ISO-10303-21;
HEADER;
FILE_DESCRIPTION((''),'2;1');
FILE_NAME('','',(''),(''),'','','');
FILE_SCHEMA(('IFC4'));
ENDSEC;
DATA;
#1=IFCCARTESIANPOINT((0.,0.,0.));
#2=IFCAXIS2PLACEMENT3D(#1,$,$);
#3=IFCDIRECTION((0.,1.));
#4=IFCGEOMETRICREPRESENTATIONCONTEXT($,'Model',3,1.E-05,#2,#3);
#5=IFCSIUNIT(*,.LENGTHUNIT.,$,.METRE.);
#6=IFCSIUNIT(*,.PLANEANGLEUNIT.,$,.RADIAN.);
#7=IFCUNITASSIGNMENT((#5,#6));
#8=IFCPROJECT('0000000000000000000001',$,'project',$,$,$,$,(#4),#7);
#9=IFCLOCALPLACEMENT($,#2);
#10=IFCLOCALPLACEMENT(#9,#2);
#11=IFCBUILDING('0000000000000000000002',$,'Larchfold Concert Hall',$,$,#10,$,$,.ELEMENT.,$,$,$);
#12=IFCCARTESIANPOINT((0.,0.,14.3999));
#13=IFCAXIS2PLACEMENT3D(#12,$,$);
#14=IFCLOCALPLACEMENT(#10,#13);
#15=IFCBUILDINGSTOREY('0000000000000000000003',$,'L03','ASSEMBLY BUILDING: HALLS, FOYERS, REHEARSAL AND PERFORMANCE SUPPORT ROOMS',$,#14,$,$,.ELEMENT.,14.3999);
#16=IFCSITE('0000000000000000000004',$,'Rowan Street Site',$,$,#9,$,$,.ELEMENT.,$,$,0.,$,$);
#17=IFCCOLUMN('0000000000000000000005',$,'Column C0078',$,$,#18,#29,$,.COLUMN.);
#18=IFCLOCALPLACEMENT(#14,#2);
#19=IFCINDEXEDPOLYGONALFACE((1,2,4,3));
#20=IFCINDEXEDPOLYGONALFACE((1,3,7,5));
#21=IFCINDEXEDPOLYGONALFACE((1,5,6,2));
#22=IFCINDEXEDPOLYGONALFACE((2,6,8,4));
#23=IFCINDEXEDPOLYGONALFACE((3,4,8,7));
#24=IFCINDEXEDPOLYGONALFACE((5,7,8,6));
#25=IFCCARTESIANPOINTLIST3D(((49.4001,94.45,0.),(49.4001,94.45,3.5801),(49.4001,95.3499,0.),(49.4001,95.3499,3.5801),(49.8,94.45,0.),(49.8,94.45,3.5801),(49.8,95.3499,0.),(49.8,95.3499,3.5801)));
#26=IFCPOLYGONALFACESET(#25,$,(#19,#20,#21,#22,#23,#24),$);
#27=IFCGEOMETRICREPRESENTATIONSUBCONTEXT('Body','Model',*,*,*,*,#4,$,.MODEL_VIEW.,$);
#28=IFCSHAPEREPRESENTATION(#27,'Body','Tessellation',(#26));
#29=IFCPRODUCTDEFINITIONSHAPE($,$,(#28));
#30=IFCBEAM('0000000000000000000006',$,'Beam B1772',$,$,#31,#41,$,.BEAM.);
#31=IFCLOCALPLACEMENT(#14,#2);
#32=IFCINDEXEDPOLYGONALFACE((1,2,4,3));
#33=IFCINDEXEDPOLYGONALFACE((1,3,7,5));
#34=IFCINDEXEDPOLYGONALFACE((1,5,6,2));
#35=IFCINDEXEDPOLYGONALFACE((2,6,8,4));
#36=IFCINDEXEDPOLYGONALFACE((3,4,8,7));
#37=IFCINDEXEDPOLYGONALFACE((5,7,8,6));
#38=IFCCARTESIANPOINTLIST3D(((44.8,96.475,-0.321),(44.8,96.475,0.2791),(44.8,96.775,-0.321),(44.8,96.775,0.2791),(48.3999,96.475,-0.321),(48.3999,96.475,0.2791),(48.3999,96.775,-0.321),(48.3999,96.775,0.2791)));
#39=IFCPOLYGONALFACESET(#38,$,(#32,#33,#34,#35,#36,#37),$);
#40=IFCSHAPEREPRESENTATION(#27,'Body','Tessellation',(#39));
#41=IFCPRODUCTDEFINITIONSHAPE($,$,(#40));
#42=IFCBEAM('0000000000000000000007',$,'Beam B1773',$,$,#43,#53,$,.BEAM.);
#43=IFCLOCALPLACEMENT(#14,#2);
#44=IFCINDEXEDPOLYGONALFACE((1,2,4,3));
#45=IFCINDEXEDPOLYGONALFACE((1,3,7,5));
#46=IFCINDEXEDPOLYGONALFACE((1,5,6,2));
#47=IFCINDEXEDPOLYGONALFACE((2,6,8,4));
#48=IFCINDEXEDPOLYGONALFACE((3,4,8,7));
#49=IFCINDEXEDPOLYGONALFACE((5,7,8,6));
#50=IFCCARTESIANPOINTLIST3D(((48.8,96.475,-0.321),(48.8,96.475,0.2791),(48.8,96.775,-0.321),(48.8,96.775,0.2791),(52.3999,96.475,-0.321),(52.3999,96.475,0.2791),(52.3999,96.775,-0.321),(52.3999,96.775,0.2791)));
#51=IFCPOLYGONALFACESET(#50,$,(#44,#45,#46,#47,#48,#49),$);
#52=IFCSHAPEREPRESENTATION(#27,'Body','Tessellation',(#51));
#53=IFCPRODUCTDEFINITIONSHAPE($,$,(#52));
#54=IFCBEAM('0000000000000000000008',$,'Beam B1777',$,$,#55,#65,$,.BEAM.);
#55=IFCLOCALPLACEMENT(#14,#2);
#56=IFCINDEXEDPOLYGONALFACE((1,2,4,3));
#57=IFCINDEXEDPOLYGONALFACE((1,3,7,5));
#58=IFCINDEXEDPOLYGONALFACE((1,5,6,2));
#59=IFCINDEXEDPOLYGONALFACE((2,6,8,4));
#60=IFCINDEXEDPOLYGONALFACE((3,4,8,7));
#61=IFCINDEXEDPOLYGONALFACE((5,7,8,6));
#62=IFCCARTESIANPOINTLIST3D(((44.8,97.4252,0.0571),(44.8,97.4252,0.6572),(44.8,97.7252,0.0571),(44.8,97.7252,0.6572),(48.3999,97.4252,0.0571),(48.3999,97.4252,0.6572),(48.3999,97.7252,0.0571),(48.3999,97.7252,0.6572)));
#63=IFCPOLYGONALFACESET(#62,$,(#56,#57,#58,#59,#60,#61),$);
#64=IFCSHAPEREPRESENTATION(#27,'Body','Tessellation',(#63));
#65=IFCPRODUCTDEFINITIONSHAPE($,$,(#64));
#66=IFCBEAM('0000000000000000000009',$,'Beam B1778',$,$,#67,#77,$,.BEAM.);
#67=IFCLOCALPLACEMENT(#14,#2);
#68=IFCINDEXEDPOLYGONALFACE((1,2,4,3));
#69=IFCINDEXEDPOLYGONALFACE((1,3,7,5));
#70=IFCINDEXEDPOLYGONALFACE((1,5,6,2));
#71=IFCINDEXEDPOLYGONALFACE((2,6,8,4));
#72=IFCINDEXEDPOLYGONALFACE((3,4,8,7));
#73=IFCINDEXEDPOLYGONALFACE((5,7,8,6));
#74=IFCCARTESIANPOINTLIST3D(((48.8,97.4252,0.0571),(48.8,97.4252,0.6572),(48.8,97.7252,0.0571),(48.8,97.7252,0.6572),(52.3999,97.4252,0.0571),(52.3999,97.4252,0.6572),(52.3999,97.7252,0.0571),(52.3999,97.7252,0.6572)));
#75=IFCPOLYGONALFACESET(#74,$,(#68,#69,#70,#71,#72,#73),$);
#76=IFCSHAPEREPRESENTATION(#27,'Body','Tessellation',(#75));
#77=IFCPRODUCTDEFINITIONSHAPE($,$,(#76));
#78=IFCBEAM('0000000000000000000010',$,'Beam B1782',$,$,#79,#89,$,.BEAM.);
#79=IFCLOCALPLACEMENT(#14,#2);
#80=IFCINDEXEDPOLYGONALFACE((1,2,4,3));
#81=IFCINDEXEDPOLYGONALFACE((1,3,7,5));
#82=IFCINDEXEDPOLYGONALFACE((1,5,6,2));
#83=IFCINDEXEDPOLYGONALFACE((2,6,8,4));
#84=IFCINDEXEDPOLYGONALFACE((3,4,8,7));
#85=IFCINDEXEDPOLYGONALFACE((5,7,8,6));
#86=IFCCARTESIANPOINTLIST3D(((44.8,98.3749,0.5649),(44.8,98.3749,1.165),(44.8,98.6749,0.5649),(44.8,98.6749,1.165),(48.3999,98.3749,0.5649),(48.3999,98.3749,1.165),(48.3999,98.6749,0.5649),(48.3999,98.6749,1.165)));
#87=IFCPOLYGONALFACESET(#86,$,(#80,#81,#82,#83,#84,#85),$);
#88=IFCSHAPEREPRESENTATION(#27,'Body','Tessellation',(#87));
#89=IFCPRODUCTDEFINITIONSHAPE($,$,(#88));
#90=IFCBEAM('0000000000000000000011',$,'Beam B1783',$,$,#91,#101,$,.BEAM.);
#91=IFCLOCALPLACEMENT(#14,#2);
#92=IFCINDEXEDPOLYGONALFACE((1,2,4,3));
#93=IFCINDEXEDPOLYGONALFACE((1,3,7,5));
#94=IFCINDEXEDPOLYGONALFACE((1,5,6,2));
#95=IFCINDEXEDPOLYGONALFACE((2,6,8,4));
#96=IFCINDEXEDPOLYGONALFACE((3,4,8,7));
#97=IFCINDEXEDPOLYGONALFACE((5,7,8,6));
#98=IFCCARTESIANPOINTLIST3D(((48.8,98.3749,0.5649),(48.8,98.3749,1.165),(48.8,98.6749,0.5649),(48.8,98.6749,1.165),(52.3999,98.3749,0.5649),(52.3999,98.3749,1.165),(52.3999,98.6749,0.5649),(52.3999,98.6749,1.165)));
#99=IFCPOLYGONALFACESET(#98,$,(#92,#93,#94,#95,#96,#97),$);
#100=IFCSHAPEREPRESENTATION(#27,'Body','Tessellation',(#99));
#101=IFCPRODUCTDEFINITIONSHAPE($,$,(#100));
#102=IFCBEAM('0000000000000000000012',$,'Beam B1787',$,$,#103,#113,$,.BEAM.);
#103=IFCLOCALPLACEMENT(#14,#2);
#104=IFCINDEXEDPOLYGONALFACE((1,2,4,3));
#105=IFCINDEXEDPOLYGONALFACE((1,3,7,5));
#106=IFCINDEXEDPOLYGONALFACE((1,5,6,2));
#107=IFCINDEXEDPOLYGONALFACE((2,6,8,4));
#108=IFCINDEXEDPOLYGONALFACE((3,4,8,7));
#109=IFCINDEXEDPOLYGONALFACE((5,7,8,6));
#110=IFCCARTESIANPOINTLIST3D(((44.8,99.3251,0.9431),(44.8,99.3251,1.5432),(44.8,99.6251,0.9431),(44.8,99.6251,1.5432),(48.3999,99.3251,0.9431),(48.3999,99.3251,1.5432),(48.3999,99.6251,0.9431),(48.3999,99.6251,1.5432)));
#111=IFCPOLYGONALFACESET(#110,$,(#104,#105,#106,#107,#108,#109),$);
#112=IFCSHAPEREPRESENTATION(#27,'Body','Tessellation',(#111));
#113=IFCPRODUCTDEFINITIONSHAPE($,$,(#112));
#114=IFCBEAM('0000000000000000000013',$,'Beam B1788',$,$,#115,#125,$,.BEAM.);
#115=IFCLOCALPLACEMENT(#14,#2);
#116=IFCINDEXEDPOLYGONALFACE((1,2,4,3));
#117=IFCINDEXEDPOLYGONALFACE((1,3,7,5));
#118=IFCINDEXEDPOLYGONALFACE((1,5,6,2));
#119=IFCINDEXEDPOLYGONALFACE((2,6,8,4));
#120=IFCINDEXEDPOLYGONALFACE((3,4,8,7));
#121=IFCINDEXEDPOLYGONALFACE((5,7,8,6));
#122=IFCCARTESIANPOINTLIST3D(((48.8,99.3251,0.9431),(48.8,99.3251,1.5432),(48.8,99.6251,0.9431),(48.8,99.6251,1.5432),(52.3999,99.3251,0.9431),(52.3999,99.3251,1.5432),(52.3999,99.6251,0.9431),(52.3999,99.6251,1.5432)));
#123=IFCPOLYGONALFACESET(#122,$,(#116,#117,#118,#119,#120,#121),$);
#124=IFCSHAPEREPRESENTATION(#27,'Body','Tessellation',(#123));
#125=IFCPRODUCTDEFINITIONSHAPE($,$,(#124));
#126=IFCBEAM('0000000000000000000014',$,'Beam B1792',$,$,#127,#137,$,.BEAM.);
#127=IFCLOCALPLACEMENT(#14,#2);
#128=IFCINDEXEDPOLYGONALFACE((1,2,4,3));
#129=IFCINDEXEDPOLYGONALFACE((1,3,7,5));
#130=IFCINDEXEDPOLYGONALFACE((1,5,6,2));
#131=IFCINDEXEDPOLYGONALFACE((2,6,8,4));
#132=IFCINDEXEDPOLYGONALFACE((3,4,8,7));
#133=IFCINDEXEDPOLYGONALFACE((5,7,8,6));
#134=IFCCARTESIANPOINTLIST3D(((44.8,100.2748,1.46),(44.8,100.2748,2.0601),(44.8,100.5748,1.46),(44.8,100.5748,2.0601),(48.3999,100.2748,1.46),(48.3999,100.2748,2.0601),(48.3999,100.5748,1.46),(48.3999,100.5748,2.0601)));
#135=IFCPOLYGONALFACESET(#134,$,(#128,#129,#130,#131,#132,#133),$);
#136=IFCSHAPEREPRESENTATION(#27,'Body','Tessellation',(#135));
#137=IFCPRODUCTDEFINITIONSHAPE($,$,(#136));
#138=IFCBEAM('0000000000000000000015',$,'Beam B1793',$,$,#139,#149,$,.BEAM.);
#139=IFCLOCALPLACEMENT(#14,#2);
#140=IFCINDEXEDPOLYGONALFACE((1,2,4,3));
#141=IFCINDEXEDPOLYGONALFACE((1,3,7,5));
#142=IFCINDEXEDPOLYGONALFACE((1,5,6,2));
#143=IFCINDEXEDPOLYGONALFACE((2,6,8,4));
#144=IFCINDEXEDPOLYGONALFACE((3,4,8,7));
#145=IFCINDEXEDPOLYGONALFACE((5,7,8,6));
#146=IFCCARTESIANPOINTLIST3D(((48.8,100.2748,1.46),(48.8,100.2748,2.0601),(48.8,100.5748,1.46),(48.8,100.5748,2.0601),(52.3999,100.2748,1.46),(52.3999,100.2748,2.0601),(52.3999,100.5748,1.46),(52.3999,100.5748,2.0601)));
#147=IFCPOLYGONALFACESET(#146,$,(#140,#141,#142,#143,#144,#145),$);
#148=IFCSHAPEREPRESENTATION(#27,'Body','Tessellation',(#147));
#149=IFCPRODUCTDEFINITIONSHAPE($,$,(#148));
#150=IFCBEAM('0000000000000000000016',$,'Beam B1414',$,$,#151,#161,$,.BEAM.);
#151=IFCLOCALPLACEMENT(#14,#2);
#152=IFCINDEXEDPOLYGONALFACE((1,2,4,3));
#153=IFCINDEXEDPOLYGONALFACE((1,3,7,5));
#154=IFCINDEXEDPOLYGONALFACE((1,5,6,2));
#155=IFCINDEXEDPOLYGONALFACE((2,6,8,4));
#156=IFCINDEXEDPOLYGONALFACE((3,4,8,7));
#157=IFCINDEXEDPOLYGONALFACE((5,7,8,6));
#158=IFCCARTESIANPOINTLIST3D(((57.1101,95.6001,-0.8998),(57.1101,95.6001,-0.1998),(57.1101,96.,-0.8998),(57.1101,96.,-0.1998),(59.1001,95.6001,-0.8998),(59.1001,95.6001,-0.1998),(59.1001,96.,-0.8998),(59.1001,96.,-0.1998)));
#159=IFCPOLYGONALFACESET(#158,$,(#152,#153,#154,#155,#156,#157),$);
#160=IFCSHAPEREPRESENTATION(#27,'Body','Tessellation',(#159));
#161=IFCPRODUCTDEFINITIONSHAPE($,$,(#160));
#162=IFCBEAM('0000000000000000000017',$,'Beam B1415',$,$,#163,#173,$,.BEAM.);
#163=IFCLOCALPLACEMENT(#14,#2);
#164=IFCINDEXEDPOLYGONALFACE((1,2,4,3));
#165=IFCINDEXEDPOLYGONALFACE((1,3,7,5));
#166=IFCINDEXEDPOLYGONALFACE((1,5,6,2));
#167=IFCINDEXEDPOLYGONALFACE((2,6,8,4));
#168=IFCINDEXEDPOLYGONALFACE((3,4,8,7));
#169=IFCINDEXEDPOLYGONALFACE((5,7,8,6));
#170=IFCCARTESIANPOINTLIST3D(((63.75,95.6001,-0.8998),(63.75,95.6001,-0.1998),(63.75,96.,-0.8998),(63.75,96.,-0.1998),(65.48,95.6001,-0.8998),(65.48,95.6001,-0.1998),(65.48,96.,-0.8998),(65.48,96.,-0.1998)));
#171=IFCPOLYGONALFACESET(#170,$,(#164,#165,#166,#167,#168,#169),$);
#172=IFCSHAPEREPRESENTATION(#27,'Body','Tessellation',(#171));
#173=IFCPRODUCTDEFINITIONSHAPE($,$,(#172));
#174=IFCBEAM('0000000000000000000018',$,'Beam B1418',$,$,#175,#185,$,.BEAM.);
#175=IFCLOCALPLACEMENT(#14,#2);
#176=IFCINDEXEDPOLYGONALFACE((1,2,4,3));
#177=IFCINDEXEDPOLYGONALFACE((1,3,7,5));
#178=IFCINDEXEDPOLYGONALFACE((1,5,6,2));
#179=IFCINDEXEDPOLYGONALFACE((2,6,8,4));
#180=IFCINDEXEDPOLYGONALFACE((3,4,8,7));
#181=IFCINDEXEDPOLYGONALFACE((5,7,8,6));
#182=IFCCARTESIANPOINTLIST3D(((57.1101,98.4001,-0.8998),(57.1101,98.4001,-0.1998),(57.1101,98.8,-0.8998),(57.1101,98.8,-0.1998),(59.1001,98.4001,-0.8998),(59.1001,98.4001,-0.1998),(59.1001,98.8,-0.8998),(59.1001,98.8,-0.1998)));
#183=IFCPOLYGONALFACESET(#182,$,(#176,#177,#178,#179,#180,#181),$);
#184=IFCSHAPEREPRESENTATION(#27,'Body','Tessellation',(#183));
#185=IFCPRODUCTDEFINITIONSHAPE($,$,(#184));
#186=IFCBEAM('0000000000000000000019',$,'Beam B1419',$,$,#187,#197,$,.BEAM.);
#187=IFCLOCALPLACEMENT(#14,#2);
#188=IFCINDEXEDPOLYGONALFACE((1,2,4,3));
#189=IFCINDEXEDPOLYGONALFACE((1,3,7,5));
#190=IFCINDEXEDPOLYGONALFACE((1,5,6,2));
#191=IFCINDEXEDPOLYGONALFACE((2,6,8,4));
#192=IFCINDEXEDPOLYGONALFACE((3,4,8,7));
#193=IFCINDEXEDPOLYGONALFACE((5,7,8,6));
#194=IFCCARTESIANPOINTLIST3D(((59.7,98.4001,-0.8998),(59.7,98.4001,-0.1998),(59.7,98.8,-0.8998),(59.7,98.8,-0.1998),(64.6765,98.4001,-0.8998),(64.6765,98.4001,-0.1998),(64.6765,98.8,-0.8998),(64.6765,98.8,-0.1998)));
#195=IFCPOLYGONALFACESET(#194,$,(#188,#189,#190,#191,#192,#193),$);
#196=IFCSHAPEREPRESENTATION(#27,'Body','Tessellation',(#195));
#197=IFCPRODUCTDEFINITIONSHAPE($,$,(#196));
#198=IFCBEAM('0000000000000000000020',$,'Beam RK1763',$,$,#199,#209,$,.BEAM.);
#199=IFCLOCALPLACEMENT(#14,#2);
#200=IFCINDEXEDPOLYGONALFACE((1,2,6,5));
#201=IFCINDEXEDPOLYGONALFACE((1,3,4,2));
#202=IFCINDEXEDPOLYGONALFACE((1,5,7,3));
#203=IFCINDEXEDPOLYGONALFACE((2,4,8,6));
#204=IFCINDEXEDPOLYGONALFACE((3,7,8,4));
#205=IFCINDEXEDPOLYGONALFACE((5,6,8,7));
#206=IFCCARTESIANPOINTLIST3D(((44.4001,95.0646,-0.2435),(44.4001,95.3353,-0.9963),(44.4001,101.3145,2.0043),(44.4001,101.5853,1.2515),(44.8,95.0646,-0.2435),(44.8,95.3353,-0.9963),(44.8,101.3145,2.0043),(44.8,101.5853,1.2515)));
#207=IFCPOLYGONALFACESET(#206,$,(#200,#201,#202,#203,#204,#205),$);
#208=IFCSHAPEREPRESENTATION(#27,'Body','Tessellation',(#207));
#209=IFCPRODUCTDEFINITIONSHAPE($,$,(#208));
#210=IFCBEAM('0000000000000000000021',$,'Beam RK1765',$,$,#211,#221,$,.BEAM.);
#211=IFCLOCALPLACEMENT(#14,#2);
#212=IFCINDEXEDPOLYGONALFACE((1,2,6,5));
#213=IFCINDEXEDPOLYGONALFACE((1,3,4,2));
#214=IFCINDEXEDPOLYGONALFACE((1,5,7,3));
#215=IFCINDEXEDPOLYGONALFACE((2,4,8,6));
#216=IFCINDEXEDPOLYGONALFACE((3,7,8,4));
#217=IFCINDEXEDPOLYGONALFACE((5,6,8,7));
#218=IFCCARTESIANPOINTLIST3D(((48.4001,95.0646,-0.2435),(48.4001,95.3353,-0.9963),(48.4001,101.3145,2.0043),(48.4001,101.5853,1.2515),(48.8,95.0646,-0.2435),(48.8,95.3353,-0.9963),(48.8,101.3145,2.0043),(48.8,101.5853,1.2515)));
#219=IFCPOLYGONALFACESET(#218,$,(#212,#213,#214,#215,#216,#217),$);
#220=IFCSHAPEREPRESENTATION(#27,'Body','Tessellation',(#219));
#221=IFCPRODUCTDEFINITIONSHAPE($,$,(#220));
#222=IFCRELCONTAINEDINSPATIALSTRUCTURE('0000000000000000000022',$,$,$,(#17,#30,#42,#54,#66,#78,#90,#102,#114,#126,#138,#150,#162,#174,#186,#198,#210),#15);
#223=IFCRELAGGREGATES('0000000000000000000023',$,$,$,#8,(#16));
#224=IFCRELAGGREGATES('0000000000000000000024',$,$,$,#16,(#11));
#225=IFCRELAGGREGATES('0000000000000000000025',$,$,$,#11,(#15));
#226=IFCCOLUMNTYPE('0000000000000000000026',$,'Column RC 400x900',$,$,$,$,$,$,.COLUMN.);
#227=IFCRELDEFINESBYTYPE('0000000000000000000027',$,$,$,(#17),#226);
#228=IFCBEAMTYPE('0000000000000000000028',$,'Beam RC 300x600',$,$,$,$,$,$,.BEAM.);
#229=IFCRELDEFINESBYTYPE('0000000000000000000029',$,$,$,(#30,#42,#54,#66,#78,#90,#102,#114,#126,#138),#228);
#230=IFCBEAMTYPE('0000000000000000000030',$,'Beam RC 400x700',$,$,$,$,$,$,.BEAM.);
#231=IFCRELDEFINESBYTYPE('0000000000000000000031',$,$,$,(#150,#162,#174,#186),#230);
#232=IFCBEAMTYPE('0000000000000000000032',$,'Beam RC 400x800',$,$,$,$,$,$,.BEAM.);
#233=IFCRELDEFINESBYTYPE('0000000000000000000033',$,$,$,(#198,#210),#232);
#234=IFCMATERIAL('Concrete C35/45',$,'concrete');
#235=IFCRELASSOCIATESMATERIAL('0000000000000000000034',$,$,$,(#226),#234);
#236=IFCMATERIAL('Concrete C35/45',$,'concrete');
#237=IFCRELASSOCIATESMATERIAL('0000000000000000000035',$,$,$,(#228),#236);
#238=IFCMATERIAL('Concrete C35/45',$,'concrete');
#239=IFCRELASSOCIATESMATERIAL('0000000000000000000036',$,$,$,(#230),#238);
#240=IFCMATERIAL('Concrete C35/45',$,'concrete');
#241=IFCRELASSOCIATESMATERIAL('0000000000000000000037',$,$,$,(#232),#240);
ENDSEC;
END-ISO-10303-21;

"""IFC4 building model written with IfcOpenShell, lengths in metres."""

from ifc_helpers import new_model, si_unit, direction, frame, origin, origin_2d, place, context, subcontext, project, spatial, rectangle, extrude, material, material_profile, profile_set, type_object, element, save


model = new_model("IFC4")

# Units and contexts
model_context = context("Model", 3, precision=1e-05, world=origin(), true_north=direction((0.0, 1.0)))
body_context = subcontext(model_context, "Body", "Model", "MODEL_VIEW")
ifc_project = project(units=[si_unit("LENGTHUNIT", "METRE"), si_unit("PLANEANGLEUNIT", "RADIAN")], contexts=[model_context])

# Site, building, storey
site_placement = place(None, origin())
site = spatial("IfcSite", under=ifc_project, at=site_placement, Name="Rowan Street Site", CompositionType="ELEMENT", RefElevation=0.0)
building_placement = place(site_placement, origin())
building = spatial("IfcBuilding", under=site, at=building_placement, Name="Larchfold Concert Hall", CompositionType="ELEMENT")
storey_placement = place(building_placement, frame((0.0, 0.0, 14.3999)))
storey = spatial("IfcBuildingStorey", under=building, at=storey_placement, Name="L03", Description="ASSEMBLY BUILDING: HALLS, FOYERS, REHEARSAL AND PERFORMANCE SUPPORT ROOMS", CompositionType="ELEMENT", Elevation=14.3999)

# Column
ifc_material_1 = material(Name="Concrete C35/45", Category="concrete")
ifc_material_profile_1 = material_profile(ifc_material_1, rectangle(XDim=0.3999, YDim=0.8999, at=origin_2d()))
ifc_profile_set_1 = profile_set([ifc_material_profile_1], Name="Concrete C35/45")
column_type = type_object("IfcColumnType", Name="Column RC 400x900", PredefinedType="COLUMN", material=ifc_profile_set_1)
column_placement = place(storey_placement, frame((49.6001, 94.8999, 0.0), z_axis=(0.0, 0.0, 1.0), x_axis=(1.0, 0.0, 0.0)))
element("IfcColumn", 1, at=column_placement, inside=storey, type_object=column_type, Name="Column C0078", PredefinedType="COLUMN", context=body_context, shape_type="SweptSolid", body=[
    extrude(rectangle(XDim=0.3999, YDim=0.8999, at=origin_2d()), origin(), (0.0, 0.0, 1.0), 3.5801),
])

# Beams
ifc_material_2 = material(Name="Concrete C35/45", Category="concrete")
ifc_material_profile_2 = material_profile(ifc_material_2, rectangle(XDim=0.3, YDim=0.6001, at=origin_2d()))
ifc_profile_set_2 = profile_set([ifc_material_profile_2], Name="Concrete C35/45")
beam_type_1 = type_object("IfcBeamType", Name="Beam RC 300x600", PredefinedType="BEAM", material=ifc_profile_set_2)
for number, where, z_axis, x_axis, name in (
    (2, (44.8, 96.625, -0.021), (1.0, 0.0, 0.0), (0.0, 1.0, 0.0), "Beam B1772"),
    (3, (48.8, 96.625, -0.021), (1.0, 0.0, 0.0), (0.0, 1.0, 0.0), "Beam B1773"),
    (4, (44.8, 97.5752, 0.3572), (1.0, 0.0, 0.0), (0.0, 1.0, 0.0), "Beam B1777"),
    (5, (48.8, 97.5752, 0.3572), (1.0, 0.0, 0.0), (0.0, 1.0, 0.0), "Beam B1778"),
    (6, (44.8, 98.5249, 0.865), (1.0, 0.0, 0.0), (0.0, 1.0, 0.0), "Beam B1782"),
    (7, (48.8, 98.5249, 0.865), (1.0, 0.0, 0.0), (0.0, 1.0, 0.0), "Beam B1783"),
    (8, (44.8, 99.4751, 1.2432), (1.0, 0.0, 0.0), (0.0, 1.0, 0.0), "Beam B1787"),
    (9, (48.8, 99.4751, 1.2432), (1.0, 0.0, 0.0), (0.0, 1.0, 0.0), "Beam B1788"),
    (10, (44.8, 100.4248, 1.76), (1.0, 0.0, 0.0), (0.0, 1.0, 0.0), "Beam B1792"),
    (11, (48.8, 100.4248, 1.76), (1.0, 0.0, 0.0), (0.0, 1.0, 0.0), "Beam B1793"),
):
    element("IfcBeam", number, at=place(storey_placement, frame(where, z_axis=z_axis, x_axis=x_axis)), inside=storey, type_object=beam_type_1, Name=name, PredefinedType="BEAM", context=body_context, shape_type="SweptSolid", body=[
        extrude(rectangle(XDim=0.3, YDim=0.6001, at=origin_2d()), origin(), (0.0, 0.0, 1.0), 3.5999),
    ])
ifc_material_3 = material(Name="Concrete C35/45", Category="concrete")
ifc_material_profile_3 = material_profile(ifc_material_3, rectangle(XDim=0.3999, YDim=0.7, at=origin_2d()))
ifc_profile_set_3 = profile_set([ifc_material_profile_3], Name="Concrete C35/45")
beam_type_2 = type_object("IfcBeamType", Name="Beam RC 400x700", PredefinedType="BEAM", material=ifc_profile_set_3)
beam_1_placement = place(storey_placement, frame((57.1101, 95.8, -0.5498), z_axis=(1.0, 0.0, 0.0), x_axis=(0.0, 1.0, 0.0)))
element("IfcBeam", 12, at=beam_1_placement, inside=storey, type_object=beam_type_2, Name="Beam B1414", PredefinedType="BEAM", context=body_context, shape_type="SweptSolid", body=[
    extrude(rectangle(XDim=0.3999, YDim=0.7, at=origin_2d()), origin(), (0.0, 0.0, 1.0), 1.99),
])
beam_2_placement = place(storey_placement, frame((63.75, 95.8, -0.5498), z_axis=(1.0, 0.0, 0.0), x_axis=(0.0, 1.0, 0.0)))
element("IfcBeam", 13, at=beam_2_placement, inside=storey, type_object=beam_type_2, Name="Beam B1415", PredefinedType="BEAM", context=body_context, shape_type="SweptSolid", body=[
    extrude(rectangle(XDim=0.3999, YDim=0.7, at=origin_2d()), origin(), (0.0, 0.0, 1.0), 1.73),
])
beam_3_placement = place(storey_placement, frame((57.1101, 98.6001, -0.5498), z_axis=(1.0, 0.0, 0.0), x_axis=(0.0, 1.0, 0.0)))
element("IfcBeam", 14, at=beam_3_placement, inside=storey, type_object=beam_type_2, Name="Beam B1418", PredefinedType="BEAM", context=body_context, shape_type="SweptSolid", body=[
    extrude(rectangle(XDim=0.3999, YDim=0.7, at=origin_2d()), origin(), (0.0, 0.0, 1.0), 1.99),
])
beam_4_placement = place(storey_placement, frame((59.7, 98.6001, -0.5498), z_axis=(1.0, 0.0, 0.0), x_axis=(0.0, 1.0, 0.0)))
element("IfcBeam", 15, at=beam_4_placement, inside=storey, type_object=beam_type_2, Name="Beam B1419", PredefinedType="BEAM", context=body_context, shape_type="SweptSolid", body=[
    extrude(rectangle(XDim=0.3999, YDim=0.7, at=origin_2d()), origin(), (0.0, 0.0, 1.0), 4.9766),
])
ifc_material_4 = material(Name="Concrete C35/45", Category="concrete")
ifc_material_profile_4 = material_profile(ifc_material_4, rectangle(XDim=0.3999, YDim=0.8, at=origin_2d()))
ifc_profile_set_4 = profile_set([ifc_material_profile_4], Name="Concrete C35/45")
beam_type_3 = type_object("IfcBeamType", Name="Beam RC 400x800", PredefinedType="BEAM", material=ifc_profile_set_4)
for number, where, z_axis, x_axis, name in (
    (16, (44.6001, 95.2, -0.6199), (0.0, 0.940993, 0.338427), (-1.0, 0.0, 0.0), "Beam RK1763"),
    (17, (48.6001, 95.2, -0.6199), (0.0, 0.940993, 0.338427), (-1.0, 0.0, 0.0), "Beam RK1765"),
):
    element("IfcBeam", number, at=place(storey_placement, frame(where, z_axis=z_axis, x_axis=x_axis)), inside=storey, type_object=beam_type_3, Name=name, PredefinedType="BEAM", context=body_context, shape_type="SweptSolid", body=[
        extrude(rectangle(XDim=0.3999, YDim=0.8, at=origin_2d()), origin(), (0.0, 0.0, 1.0), 6.6418),
    ])

save(model, "model.ifc")
